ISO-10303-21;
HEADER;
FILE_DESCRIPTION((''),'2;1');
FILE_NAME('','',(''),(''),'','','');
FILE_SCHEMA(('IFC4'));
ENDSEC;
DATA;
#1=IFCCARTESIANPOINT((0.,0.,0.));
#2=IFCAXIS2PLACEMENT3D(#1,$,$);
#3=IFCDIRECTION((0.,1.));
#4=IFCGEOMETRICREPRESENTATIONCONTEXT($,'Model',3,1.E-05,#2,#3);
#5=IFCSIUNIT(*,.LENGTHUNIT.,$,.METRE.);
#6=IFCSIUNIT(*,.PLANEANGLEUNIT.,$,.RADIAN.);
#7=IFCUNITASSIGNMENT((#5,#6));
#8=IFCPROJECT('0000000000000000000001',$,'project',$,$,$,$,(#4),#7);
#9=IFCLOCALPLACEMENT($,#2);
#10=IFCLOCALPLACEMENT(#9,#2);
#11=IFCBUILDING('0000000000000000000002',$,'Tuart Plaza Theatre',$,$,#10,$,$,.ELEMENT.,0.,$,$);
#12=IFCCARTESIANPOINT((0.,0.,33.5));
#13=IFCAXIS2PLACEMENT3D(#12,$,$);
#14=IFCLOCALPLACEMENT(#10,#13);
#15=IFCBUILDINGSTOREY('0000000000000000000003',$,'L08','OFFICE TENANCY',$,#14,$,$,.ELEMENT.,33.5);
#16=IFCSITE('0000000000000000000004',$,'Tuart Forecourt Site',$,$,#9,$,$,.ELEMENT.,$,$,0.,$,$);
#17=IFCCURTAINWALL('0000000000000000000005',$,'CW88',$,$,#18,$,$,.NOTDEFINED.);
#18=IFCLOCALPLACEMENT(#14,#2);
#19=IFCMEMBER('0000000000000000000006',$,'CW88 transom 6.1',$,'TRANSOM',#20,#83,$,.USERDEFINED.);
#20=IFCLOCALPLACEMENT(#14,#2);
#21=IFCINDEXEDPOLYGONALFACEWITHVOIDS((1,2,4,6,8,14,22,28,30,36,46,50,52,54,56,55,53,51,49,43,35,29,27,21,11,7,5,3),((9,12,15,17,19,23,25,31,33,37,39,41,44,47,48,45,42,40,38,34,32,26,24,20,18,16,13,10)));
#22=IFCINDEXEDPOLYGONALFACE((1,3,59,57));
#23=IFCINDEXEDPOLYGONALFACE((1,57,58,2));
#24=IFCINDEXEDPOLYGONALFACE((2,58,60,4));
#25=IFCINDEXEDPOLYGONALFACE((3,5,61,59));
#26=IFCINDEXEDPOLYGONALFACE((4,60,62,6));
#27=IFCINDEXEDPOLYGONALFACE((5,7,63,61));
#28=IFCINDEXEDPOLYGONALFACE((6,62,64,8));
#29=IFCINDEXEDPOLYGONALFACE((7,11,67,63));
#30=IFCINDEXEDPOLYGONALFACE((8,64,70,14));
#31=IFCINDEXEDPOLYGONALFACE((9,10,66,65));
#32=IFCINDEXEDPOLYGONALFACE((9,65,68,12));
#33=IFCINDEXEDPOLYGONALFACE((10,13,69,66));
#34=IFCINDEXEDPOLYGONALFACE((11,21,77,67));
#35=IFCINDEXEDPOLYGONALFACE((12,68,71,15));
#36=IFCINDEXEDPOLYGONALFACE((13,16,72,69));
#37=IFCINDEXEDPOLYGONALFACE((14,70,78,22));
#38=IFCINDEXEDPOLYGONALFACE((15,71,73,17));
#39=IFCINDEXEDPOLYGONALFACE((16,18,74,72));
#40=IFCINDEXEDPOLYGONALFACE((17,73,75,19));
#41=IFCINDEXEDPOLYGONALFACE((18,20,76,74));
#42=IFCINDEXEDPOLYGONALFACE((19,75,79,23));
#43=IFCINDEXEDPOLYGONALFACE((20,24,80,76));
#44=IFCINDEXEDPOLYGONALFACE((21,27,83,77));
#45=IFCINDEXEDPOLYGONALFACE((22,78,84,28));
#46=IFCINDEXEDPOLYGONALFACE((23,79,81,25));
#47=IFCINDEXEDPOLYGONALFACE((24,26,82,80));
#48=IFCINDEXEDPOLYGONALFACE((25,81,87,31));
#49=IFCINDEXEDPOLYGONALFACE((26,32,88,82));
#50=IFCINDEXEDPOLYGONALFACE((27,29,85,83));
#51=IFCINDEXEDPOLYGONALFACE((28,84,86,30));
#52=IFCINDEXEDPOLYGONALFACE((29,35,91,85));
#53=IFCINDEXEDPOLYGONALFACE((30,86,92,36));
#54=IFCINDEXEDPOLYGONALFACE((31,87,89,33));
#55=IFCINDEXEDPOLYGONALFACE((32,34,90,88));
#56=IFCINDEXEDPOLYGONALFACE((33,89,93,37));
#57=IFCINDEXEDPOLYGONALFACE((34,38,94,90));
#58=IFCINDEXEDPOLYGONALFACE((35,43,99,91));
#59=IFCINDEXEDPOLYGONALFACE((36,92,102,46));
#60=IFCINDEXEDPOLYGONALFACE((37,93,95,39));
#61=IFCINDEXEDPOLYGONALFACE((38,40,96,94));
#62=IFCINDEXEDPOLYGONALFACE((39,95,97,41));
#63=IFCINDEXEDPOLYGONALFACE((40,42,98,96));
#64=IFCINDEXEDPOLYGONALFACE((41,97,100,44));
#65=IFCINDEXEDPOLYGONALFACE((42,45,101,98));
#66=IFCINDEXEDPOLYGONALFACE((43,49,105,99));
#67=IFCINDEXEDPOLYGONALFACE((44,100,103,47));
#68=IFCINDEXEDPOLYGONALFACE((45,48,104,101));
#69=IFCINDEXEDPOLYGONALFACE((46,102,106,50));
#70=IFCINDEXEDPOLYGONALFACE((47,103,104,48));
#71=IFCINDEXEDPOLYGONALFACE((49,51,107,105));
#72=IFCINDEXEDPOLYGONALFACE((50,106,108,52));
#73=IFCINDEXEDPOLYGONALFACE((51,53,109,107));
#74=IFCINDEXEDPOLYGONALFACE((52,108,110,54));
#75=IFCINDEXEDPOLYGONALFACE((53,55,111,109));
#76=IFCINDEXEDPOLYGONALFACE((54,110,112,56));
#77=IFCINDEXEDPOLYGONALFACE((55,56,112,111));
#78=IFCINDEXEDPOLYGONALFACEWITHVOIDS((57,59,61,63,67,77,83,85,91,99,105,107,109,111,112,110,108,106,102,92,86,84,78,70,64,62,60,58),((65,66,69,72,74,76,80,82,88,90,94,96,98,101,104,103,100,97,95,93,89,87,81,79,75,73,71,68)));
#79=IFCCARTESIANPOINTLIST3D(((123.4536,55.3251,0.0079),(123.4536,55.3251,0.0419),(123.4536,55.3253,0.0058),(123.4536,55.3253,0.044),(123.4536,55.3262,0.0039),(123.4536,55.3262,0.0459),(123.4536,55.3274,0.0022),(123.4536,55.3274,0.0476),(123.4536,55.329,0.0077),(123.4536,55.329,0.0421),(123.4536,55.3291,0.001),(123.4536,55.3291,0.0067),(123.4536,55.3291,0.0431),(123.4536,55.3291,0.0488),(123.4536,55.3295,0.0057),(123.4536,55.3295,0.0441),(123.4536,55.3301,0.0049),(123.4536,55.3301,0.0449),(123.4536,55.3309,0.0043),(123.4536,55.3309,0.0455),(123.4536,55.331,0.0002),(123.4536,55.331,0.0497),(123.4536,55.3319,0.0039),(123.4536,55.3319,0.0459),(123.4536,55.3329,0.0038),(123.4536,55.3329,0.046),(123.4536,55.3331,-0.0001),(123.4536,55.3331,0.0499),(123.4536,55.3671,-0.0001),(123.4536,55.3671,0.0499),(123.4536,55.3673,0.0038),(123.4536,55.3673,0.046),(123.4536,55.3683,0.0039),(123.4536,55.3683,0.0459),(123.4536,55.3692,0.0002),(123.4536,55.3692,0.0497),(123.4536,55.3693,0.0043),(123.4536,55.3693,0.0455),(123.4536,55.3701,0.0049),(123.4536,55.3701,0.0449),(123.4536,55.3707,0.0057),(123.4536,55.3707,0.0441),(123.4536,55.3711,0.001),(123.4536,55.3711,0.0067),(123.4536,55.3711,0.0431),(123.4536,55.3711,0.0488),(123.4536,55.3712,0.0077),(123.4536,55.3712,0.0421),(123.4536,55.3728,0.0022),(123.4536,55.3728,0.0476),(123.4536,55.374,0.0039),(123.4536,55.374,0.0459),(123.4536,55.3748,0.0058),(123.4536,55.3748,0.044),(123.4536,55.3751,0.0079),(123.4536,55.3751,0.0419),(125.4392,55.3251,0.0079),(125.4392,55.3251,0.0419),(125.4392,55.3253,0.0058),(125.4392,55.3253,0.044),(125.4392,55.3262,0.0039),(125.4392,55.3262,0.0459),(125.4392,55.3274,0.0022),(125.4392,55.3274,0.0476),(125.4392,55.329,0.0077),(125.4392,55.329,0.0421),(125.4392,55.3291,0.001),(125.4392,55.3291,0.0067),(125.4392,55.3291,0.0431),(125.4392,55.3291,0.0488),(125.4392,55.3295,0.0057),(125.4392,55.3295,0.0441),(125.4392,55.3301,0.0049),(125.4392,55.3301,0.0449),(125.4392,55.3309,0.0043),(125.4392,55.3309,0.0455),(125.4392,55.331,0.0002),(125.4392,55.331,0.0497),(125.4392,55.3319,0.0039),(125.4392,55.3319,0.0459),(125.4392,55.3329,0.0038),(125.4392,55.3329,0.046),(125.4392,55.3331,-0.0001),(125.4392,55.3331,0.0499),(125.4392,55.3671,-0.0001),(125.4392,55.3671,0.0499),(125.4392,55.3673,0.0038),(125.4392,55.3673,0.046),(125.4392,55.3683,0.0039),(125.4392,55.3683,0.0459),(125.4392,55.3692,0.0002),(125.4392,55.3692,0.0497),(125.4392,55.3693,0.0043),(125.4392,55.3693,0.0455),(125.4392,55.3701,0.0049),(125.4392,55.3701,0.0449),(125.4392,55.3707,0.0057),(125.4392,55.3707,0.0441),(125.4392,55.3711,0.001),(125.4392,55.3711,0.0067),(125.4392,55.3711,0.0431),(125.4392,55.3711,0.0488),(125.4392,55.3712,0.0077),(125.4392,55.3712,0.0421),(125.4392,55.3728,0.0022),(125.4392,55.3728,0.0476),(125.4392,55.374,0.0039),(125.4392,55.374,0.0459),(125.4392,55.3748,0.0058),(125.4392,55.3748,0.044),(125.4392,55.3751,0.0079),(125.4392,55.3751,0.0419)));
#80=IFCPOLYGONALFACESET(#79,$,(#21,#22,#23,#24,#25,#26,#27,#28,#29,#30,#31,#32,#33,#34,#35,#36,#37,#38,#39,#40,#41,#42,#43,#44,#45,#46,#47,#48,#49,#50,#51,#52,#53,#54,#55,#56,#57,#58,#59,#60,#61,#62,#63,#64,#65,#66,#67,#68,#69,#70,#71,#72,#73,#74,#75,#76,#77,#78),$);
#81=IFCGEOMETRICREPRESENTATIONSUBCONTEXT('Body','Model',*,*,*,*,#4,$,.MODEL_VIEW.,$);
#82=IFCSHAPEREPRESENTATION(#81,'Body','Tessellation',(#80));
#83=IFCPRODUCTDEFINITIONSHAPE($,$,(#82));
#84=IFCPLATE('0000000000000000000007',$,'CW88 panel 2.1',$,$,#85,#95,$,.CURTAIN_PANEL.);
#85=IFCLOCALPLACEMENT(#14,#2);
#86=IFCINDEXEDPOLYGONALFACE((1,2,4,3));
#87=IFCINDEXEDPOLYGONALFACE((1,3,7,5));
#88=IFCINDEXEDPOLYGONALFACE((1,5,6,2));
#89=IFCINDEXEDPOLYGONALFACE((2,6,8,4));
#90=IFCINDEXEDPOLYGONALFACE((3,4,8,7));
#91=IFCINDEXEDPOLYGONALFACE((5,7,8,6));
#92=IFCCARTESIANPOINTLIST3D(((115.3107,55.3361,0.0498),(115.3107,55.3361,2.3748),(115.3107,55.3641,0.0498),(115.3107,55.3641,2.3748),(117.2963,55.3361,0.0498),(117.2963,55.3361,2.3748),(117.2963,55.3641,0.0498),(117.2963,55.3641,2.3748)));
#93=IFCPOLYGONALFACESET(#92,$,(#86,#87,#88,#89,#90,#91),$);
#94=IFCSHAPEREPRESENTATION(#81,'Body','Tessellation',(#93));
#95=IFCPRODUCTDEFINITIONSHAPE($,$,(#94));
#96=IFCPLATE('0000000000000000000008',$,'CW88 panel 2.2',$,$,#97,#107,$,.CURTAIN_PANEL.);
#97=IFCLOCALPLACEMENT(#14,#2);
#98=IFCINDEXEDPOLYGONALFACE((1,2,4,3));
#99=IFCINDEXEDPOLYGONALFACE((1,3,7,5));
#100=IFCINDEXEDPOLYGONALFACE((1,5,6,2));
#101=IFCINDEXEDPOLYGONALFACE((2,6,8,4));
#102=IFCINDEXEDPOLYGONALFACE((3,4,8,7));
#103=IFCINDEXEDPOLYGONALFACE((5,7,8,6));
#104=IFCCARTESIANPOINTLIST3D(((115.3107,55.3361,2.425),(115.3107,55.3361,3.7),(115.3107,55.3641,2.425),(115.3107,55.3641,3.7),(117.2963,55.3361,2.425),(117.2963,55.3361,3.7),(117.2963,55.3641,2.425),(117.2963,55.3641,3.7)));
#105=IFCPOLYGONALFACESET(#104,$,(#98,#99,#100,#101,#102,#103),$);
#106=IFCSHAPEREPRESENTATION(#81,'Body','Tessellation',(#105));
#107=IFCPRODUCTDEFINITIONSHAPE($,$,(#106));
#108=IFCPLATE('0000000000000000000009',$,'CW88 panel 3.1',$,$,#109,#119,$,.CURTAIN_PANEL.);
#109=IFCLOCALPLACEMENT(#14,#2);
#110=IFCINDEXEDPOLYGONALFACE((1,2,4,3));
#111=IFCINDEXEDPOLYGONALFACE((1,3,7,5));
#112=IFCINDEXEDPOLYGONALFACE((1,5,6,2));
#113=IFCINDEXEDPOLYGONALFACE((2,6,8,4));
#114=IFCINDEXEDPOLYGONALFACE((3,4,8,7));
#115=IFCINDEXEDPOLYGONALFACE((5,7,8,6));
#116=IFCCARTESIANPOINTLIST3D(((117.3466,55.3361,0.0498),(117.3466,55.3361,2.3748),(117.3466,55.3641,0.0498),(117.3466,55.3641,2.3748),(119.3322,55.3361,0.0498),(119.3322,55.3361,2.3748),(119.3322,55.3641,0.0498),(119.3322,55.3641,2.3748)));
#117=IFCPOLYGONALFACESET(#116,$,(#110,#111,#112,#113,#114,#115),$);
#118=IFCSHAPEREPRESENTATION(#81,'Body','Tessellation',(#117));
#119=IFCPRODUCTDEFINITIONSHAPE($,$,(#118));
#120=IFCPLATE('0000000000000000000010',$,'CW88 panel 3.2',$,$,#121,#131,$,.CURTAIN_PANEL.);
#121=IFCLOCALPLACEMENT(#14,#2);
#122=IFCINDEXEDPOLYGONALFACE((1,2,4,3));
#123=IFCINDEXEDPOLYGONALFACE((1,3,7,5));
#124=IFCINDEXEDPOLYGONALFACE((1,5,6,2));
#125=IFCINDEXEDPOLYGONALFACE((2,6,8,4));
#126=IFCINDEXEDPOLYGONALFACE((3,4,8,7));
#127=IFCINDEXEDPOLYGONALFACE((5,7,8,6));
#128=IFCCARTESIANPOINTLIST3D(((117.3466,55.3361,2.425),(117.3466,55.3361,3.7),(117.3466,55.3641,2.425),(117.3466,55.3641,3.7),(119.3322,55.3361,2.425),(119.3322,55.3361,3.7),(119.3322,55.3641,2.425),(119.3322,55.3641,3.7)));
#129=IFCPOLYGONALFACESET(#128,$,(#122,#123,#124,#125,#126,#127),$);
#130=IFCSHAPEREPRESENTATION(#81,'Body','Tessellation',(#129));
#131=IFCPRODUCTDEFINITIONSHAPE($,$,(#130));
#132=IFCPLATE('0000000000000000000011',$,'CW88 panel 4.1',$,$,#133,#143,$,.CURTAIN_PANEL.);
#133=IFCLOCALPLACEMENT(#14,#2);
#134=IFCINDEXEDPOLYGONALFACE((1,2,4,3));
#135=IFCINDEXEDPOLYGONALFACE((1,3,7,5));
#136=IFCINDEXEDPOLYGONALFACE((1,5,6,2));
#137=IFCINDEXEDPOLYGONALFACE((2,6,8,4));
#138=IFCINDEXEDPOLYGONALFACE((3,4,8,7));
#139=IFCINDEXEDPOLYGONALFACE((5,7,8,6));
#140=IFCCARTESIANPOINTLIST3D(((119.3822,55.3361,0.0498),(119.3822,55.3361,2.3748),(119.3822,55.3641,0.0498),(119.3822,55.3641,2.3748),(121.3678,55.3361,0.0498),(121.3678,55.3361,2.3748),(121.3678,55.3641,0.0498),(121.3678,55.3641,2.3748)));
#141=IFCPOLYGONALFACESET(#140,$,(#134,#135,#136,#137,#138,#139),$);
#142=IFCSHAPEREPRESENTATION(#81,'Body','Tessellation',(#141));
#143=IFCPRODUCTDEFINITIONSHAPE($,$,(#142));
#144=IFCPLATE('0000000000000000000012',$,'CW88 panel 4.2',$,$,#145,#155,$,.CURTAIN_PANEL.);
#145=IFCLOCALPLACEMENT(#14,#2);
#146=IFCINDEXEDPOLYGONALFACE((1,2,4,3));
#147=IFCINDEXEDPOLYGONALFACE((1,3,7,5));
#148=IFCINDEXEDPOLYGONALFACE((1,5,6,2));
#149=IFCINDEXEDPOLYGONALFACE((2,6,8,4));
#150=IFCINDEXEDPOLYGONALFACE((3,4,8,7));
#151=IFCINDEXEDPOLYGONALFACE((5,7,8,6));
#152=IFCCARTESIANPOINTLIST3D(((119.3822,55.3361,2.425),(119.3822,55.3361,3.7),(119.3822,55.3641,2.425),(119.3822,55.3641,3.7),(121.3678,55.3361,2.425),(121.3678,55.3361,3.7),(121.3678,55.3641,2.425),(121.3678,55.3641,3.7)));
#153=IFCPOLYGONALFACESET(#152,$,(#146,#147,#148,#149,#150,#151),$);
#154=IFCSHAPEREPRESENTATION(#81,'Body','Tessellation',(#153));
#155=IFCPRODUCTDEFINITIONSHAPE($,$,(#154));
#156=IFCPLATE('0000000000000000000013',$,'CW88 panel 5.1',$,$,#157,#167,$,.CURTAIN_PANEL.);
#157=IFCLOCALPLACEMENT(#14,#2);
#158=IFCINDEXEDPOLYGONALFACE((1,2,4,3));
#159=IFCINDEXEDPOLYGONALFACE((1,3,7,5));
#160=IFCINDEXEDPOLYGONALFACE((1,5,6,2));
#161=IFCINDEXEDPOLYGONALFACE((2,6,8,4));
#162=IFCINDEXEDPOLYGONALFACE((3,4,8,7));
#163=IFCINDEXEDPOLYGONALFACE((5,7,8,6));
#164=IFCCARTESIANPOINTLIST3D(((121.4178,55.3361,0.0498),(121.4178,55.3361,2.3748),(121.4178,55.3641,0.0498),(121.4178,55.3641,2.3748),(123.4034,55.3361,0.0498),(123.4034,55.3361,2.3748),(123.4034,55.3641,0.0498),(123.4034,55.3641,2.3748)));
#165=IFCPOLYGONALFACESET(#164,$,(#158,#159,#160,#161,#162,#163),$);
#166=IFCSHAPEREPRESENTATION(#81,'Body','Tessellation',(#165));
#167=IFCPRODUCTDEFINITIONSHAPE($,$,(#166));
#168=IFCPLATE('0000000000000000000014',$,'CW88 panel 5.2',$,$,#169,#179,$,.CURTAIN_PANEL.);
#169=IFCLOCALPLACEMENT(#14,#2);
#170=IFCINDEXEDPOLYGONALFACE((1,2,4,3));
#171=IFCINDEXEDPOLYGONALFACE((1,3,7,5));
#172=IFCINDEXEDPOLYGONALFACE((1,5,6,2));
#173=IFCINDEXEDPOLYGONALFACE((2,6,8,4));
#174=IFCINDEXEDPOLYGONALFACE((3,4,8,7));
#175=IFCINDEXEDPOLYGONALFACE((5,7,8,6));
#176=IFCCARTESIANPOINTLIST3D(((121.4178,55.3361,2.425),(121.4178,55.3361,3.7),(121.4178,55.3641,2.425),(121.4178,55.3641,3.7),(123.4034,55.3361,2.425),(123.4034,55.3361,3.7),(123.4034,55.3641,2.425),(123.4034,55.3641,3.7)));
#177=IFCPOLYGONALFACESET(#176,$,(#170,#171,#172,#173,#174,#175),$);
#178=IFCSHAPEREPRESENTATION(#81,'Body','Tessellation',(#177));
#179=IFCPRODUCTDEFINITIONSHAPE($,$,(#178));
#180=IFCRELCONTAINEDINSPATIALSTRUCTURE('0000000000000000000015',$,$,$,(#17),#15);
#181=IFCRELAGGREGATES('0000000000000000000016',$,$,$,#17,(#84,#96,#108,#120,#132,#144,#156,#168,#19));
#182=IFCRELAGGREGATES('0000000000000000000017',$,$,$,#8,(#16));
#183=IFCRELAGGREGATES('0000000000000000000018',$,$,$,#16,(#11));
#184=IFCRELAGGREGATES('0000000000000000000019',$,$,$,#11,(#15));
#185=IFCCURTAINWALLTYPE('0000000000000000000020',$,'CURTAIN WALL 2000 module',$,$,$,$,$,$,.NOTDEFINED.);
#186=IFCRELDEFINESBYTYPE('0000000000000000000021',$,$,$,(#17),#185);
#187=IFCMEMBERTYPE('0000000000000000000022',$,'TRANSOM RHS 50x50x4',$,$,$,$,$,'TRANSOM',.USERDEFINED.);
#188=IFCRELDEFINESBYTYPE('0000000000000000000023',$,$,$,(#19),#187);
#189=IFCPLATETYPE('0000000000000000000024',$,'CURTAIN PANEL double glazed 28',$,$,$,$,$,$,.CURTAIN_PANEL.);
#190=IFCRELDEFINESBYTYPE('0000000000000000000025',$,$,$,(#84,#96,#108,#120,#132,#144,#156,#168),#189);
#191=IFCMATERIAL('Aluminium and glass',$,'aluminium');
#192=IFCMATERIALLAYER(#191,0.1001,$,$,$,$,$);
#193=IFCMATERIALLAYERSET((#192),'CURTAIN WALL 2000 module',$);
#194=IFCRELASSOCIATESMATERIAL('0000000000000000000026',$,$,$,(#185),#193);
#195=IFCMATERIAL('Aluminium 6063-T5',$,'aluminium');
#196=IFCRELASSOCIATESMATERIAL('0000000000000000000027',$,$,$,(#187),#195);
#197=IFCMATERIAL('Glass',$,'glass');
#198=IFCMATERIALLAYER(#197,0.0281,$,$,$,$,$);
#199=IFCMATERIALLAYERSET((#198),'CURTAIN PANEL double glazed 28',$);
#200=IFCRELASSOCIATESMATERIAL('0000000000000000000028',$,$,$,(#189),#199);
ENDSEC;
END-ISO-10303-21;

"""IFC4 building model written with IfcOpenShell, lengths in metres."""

from ifc_helpers import new_model, si_unit, direction, frame, origin, origin_2d, place, context, subcontext, project, spatial, rectangle, hollow_rectangle, extrude, material, layer, layer_set, material_profile, profile_set, type_object, element, aggregate, save


model = new_model("IFC4")

# Units and contexts
model_context = context("Model", 3, precision=1e-05, world=origin(), true_north=direction((0.0, 1.0)))
body_context = subcontext(model_context, "Body", "Model", "MODEL_VIEW")
ifc_project = project(units=[si_unit("LENGTHUNIT", "METRE"), si_unit("PLANEANGLEUNIT", "RADIAN")], contexts=[model_context])

# Site, building, storey
site_placement = place(None, origin())
site = spatial("IfcSite", under=ifc_project, at=site_placement, Name="Tuart Forecourt Site", CompositionType="ELEMENT", RefElevation=0.0)
building_placement = place(site_placement, origin())
building = spatial("IfcBuilding", under=site, at=building_placement, Name="Tuart Plaza Theatre", CompositionType="ELEMENT", ElevationOfRefHeight=0.0)
storey_placement = place(building_placement, frame((0.0, 0.0, 33.5)))
storey = spatial("IfcBuildingStorey", under=building, at=storey_placement, Name="L08", Description="OFFICE TENANCY", CompositionType="ELEMENT", Elevation=33.5)

# Curtain wall, member, plates
ifc_material_1 = material(Name="Aluminium and glass", Category="aluminium")
ifc_layer_1 = layer(ifc_material_1, 0.1001)
ifc_layer_set_1 = layer_set([ifc_layer_1], Name="CURTAIN WALL 2000 module")
curtain_wall_type = type_object("IfcCurtainWallType", Name="CURTAIN WALL 2000 module", PredefinedType="NOTDEFINED", material=ifc_layer_set_1)
curtain_wall_placement = place(storey_placement, origin())
curtain_wall = element("IfcCurtainWall", 1, at=curtain_wall_placement, inside=storey, type_object=curtain_wall_type, Name="CW88", PredefinedType="NOTDEFINED")
ifc_material_2 = material(Name="Aluminium 6063-T5", Category="aluminium")
ifc_material_profile_1 = material_profile(ifc_material_2, hollow_rectangle(XDim=0.05, YDim=0.05, WallThickness=0.0039, InnerFilletRadius=0.0039, OuterFilletRadius=0.0081, at=origin_2d()), Name="RHS 50x50x4")
ifc_profile_set_1 = profile_set([ifc_material_profile_1], Name="Aluminium 6063-T5")
member_type_1 = type_object("IfcMemberType", Name="TRANSOM RHS 50x50x4", ElementType="TRANSOM", PredefinedType="USERDEFINED", material=ifc_profile_set_1)
member_1_placement = place(storey_placement, frame((123.4536, 55.3501, 0.0249), z_axis=(1.0, 0.0, 0.0), x_axis=(0.0, 1.0, 0.0)))
member_1 = element("IfcMember", 2, at=member_1_placement, type_object=member_type_1, Name="CW88 transom 6.1", ObjectType="TRANSOM", PredefinedType="USERDEFINED", context=body_context, shape_type="SweptSolid", body=[
    extrude(hollow_rectangle(XDim=0.05, YDim=0.05, WallThickness=0.0039, InnerFilletRadius=0.0039, OuterFilletRadius=0.0081, at=origin_2d()), origin(), (0.0, 0.0, 1.0), 1.9856),
])
ifc_material_3 = material(Name="Glass", Category="glass")
ifc_layer_2 = layer(ifc_material_3, 0.0281)
ifc_layer_set_2 = layer_set([ifc_layer_2], Name="CURTAIN PANEL double glazed 28")
plate_type = type_object("IfcPlateType", Name="CURTAIN PANEL double glazed 28", PredefinedType="CURTAIN_PANEL", material=ifc_layer_set_2)
plate_1_placement = place(storey_placement, frame((116.3035, 55.3501, 0.0498), z_axis=(0.0, 0.0, 1.0), x_axis=(1.0, 0.0, 0.0)))
plate_1 = element("IfcPlate", 3, at=plate_1_placement, type_object=plate_type, Name="CW88 panel 2.1", PredefinedType="CURTAIN_PANEL", context=body_context, shape_type="SweptSolid", body=[
    extrude(rectangle(XDim=1.9856, YDim=0.0281, at=origin_2d()), origin(), (0.0, 0.0, 1.0), 2.325),
])
plate_2_placement = place(storey_placement, frame((116.3035, 55.3501, 2.425), z_axis=(0.0, 0.0, 1.0), x_axis=(1.0, 0.0, 0.0)))
plate_2 = element("IfcPlate", 4, at=plate_2_placement, type_object=plate_type, Name="CW88 panel 2.2", PredefinedType="CURTAIN_PANEL", context=body_context, shape_type="SweptSolid", body=[
    extrude(rectangle(XDim=1.9856, YDim=0.0281, at=origin_2d()), origin(), (0.0, 0.0, 1.0), 1.2749),
])
plate_3_placement = place(storey_placement, frame((118.3394, 55.3501, 0.0498), z_axis=(0.0, 0.0, 1.0), x_axis=(1.0, 0.0, 0.0)))
plate_3 = element("IfcPlate", 5, at=plate_3_placement, type_object=plate_type, Name="CW88 panel 3.1", PredefinedType="CURTAIN_PANEL", context=body_context, shape_type="SweptSolid", body=[
    extrude(rectangle(XDim=1.9856, YDim=0.0281, at=origin_2d()), origin(), (0.0, 0.0, 1.0), 2.325),
])
plate_4_placement = place(storey_placement, frame((118.3394, 55.3501, 2.425), z_axis=(0.0, 0.0, 1.0), x_axis=(1.0, 0.0, 0.0)))
plate_4 = element("IfcPlate", 6, at=plate_4_placement, type_object=plate_type, Name="CW88 panel 3.2", PredefinedType="CURTAIN_PANEL", context=body_context, shape_type="SweptSolid", body=[
    extrude(rectangle(XDim=1.9856, YDim=0.0281, at=origin_2d()), origin(), (0.0, 0.0, 1.0), 1.2749),
])
plate_5_placement = place(storey_placement, frame((120.375, 55.3501, 0.0498), z_axis=(0.0, 0.0, 1.0), x_axis=(1.0, 0.0, 0.0)))
plate_5 = element("IfcPlate", 7, at=plate_5_placement, type_object=plate_type, Name="CW88 panel 4.1", PredefinedType="CURTAIN_PANEL", context=body_context, shape_type="SweptSolid", body=[
    extrude(rectangle(XDim=1.9856, YDim=0.0281, at=origin_2d()), origin(), (0.0, 0.0, 1.0), 2.325),
])
plate_6_placement = place(storey_placement, frame((120.375, 55.3501, 2.425), z_axis=(0.0, 0.0, 1.0), x_axis=(1.0, 0.0, 0.0)))
plate_6 = element("IfcPlate", 8, at=plate_6_placement, type_object=plate_type, Name="CW88 panel 4.2", PredefinedType="CURTAIN_PANEL", context=body_context, shape_type="SweptSolid", body=[
    extrude(rectangle(XDim=1.9856, YDim=0.0281, at=origin_2d()), origin(), (0.0, 0.0, 1.0), 1.2749),
])
plate_7_placement = place(storey_placement, frame((122.4106, 55.3501, 0.0498), z_axis=(0.0, 0.0, 1.0), x_axis=(1.0, 0.0, 0.0)))
plate_7 = element("IfcPlate", 9, at=plate_7_placement, type_object=plate_type, Name="CW88 panel 5.1", PredefinedType="CURTAIN_PANEL", context=body_context, shape_type="SweptSolid", body=[
    extrude(rectangle(XDim=1.9856, YDim=0.0281, at=origin_2d()), origin(), (0.0, 0.0, 1.0), 2.325),
])
plate_8_placement = place(storey_placement, frame((122.4106, 55.3501, 2.425), z_axis=(0.0, 0.0, 1.0), x_axis=(1.0, 0.0, 0.0)))
plate_8 = element("IfcPlate", 10, at=plate_8_placement, type_object=plate_type, Name="CW88 panel 5.2", PredefinedType="CURTAIN_PANEL", context=body_context, shape_type="SweptSolid", body=[
    extrude(rectangle(XDim=1.9856, YDim=0.0281, at=origin_2d()), origin(), (0.0, 0.0, 1.0), 1.2749),
])
aggregate(curtain_wall, [plate_1, plate_2, plate_3, plate_4, plate_5, plate_6, plate_7, plate_8, member_1])

save(model, "model.ifc")
